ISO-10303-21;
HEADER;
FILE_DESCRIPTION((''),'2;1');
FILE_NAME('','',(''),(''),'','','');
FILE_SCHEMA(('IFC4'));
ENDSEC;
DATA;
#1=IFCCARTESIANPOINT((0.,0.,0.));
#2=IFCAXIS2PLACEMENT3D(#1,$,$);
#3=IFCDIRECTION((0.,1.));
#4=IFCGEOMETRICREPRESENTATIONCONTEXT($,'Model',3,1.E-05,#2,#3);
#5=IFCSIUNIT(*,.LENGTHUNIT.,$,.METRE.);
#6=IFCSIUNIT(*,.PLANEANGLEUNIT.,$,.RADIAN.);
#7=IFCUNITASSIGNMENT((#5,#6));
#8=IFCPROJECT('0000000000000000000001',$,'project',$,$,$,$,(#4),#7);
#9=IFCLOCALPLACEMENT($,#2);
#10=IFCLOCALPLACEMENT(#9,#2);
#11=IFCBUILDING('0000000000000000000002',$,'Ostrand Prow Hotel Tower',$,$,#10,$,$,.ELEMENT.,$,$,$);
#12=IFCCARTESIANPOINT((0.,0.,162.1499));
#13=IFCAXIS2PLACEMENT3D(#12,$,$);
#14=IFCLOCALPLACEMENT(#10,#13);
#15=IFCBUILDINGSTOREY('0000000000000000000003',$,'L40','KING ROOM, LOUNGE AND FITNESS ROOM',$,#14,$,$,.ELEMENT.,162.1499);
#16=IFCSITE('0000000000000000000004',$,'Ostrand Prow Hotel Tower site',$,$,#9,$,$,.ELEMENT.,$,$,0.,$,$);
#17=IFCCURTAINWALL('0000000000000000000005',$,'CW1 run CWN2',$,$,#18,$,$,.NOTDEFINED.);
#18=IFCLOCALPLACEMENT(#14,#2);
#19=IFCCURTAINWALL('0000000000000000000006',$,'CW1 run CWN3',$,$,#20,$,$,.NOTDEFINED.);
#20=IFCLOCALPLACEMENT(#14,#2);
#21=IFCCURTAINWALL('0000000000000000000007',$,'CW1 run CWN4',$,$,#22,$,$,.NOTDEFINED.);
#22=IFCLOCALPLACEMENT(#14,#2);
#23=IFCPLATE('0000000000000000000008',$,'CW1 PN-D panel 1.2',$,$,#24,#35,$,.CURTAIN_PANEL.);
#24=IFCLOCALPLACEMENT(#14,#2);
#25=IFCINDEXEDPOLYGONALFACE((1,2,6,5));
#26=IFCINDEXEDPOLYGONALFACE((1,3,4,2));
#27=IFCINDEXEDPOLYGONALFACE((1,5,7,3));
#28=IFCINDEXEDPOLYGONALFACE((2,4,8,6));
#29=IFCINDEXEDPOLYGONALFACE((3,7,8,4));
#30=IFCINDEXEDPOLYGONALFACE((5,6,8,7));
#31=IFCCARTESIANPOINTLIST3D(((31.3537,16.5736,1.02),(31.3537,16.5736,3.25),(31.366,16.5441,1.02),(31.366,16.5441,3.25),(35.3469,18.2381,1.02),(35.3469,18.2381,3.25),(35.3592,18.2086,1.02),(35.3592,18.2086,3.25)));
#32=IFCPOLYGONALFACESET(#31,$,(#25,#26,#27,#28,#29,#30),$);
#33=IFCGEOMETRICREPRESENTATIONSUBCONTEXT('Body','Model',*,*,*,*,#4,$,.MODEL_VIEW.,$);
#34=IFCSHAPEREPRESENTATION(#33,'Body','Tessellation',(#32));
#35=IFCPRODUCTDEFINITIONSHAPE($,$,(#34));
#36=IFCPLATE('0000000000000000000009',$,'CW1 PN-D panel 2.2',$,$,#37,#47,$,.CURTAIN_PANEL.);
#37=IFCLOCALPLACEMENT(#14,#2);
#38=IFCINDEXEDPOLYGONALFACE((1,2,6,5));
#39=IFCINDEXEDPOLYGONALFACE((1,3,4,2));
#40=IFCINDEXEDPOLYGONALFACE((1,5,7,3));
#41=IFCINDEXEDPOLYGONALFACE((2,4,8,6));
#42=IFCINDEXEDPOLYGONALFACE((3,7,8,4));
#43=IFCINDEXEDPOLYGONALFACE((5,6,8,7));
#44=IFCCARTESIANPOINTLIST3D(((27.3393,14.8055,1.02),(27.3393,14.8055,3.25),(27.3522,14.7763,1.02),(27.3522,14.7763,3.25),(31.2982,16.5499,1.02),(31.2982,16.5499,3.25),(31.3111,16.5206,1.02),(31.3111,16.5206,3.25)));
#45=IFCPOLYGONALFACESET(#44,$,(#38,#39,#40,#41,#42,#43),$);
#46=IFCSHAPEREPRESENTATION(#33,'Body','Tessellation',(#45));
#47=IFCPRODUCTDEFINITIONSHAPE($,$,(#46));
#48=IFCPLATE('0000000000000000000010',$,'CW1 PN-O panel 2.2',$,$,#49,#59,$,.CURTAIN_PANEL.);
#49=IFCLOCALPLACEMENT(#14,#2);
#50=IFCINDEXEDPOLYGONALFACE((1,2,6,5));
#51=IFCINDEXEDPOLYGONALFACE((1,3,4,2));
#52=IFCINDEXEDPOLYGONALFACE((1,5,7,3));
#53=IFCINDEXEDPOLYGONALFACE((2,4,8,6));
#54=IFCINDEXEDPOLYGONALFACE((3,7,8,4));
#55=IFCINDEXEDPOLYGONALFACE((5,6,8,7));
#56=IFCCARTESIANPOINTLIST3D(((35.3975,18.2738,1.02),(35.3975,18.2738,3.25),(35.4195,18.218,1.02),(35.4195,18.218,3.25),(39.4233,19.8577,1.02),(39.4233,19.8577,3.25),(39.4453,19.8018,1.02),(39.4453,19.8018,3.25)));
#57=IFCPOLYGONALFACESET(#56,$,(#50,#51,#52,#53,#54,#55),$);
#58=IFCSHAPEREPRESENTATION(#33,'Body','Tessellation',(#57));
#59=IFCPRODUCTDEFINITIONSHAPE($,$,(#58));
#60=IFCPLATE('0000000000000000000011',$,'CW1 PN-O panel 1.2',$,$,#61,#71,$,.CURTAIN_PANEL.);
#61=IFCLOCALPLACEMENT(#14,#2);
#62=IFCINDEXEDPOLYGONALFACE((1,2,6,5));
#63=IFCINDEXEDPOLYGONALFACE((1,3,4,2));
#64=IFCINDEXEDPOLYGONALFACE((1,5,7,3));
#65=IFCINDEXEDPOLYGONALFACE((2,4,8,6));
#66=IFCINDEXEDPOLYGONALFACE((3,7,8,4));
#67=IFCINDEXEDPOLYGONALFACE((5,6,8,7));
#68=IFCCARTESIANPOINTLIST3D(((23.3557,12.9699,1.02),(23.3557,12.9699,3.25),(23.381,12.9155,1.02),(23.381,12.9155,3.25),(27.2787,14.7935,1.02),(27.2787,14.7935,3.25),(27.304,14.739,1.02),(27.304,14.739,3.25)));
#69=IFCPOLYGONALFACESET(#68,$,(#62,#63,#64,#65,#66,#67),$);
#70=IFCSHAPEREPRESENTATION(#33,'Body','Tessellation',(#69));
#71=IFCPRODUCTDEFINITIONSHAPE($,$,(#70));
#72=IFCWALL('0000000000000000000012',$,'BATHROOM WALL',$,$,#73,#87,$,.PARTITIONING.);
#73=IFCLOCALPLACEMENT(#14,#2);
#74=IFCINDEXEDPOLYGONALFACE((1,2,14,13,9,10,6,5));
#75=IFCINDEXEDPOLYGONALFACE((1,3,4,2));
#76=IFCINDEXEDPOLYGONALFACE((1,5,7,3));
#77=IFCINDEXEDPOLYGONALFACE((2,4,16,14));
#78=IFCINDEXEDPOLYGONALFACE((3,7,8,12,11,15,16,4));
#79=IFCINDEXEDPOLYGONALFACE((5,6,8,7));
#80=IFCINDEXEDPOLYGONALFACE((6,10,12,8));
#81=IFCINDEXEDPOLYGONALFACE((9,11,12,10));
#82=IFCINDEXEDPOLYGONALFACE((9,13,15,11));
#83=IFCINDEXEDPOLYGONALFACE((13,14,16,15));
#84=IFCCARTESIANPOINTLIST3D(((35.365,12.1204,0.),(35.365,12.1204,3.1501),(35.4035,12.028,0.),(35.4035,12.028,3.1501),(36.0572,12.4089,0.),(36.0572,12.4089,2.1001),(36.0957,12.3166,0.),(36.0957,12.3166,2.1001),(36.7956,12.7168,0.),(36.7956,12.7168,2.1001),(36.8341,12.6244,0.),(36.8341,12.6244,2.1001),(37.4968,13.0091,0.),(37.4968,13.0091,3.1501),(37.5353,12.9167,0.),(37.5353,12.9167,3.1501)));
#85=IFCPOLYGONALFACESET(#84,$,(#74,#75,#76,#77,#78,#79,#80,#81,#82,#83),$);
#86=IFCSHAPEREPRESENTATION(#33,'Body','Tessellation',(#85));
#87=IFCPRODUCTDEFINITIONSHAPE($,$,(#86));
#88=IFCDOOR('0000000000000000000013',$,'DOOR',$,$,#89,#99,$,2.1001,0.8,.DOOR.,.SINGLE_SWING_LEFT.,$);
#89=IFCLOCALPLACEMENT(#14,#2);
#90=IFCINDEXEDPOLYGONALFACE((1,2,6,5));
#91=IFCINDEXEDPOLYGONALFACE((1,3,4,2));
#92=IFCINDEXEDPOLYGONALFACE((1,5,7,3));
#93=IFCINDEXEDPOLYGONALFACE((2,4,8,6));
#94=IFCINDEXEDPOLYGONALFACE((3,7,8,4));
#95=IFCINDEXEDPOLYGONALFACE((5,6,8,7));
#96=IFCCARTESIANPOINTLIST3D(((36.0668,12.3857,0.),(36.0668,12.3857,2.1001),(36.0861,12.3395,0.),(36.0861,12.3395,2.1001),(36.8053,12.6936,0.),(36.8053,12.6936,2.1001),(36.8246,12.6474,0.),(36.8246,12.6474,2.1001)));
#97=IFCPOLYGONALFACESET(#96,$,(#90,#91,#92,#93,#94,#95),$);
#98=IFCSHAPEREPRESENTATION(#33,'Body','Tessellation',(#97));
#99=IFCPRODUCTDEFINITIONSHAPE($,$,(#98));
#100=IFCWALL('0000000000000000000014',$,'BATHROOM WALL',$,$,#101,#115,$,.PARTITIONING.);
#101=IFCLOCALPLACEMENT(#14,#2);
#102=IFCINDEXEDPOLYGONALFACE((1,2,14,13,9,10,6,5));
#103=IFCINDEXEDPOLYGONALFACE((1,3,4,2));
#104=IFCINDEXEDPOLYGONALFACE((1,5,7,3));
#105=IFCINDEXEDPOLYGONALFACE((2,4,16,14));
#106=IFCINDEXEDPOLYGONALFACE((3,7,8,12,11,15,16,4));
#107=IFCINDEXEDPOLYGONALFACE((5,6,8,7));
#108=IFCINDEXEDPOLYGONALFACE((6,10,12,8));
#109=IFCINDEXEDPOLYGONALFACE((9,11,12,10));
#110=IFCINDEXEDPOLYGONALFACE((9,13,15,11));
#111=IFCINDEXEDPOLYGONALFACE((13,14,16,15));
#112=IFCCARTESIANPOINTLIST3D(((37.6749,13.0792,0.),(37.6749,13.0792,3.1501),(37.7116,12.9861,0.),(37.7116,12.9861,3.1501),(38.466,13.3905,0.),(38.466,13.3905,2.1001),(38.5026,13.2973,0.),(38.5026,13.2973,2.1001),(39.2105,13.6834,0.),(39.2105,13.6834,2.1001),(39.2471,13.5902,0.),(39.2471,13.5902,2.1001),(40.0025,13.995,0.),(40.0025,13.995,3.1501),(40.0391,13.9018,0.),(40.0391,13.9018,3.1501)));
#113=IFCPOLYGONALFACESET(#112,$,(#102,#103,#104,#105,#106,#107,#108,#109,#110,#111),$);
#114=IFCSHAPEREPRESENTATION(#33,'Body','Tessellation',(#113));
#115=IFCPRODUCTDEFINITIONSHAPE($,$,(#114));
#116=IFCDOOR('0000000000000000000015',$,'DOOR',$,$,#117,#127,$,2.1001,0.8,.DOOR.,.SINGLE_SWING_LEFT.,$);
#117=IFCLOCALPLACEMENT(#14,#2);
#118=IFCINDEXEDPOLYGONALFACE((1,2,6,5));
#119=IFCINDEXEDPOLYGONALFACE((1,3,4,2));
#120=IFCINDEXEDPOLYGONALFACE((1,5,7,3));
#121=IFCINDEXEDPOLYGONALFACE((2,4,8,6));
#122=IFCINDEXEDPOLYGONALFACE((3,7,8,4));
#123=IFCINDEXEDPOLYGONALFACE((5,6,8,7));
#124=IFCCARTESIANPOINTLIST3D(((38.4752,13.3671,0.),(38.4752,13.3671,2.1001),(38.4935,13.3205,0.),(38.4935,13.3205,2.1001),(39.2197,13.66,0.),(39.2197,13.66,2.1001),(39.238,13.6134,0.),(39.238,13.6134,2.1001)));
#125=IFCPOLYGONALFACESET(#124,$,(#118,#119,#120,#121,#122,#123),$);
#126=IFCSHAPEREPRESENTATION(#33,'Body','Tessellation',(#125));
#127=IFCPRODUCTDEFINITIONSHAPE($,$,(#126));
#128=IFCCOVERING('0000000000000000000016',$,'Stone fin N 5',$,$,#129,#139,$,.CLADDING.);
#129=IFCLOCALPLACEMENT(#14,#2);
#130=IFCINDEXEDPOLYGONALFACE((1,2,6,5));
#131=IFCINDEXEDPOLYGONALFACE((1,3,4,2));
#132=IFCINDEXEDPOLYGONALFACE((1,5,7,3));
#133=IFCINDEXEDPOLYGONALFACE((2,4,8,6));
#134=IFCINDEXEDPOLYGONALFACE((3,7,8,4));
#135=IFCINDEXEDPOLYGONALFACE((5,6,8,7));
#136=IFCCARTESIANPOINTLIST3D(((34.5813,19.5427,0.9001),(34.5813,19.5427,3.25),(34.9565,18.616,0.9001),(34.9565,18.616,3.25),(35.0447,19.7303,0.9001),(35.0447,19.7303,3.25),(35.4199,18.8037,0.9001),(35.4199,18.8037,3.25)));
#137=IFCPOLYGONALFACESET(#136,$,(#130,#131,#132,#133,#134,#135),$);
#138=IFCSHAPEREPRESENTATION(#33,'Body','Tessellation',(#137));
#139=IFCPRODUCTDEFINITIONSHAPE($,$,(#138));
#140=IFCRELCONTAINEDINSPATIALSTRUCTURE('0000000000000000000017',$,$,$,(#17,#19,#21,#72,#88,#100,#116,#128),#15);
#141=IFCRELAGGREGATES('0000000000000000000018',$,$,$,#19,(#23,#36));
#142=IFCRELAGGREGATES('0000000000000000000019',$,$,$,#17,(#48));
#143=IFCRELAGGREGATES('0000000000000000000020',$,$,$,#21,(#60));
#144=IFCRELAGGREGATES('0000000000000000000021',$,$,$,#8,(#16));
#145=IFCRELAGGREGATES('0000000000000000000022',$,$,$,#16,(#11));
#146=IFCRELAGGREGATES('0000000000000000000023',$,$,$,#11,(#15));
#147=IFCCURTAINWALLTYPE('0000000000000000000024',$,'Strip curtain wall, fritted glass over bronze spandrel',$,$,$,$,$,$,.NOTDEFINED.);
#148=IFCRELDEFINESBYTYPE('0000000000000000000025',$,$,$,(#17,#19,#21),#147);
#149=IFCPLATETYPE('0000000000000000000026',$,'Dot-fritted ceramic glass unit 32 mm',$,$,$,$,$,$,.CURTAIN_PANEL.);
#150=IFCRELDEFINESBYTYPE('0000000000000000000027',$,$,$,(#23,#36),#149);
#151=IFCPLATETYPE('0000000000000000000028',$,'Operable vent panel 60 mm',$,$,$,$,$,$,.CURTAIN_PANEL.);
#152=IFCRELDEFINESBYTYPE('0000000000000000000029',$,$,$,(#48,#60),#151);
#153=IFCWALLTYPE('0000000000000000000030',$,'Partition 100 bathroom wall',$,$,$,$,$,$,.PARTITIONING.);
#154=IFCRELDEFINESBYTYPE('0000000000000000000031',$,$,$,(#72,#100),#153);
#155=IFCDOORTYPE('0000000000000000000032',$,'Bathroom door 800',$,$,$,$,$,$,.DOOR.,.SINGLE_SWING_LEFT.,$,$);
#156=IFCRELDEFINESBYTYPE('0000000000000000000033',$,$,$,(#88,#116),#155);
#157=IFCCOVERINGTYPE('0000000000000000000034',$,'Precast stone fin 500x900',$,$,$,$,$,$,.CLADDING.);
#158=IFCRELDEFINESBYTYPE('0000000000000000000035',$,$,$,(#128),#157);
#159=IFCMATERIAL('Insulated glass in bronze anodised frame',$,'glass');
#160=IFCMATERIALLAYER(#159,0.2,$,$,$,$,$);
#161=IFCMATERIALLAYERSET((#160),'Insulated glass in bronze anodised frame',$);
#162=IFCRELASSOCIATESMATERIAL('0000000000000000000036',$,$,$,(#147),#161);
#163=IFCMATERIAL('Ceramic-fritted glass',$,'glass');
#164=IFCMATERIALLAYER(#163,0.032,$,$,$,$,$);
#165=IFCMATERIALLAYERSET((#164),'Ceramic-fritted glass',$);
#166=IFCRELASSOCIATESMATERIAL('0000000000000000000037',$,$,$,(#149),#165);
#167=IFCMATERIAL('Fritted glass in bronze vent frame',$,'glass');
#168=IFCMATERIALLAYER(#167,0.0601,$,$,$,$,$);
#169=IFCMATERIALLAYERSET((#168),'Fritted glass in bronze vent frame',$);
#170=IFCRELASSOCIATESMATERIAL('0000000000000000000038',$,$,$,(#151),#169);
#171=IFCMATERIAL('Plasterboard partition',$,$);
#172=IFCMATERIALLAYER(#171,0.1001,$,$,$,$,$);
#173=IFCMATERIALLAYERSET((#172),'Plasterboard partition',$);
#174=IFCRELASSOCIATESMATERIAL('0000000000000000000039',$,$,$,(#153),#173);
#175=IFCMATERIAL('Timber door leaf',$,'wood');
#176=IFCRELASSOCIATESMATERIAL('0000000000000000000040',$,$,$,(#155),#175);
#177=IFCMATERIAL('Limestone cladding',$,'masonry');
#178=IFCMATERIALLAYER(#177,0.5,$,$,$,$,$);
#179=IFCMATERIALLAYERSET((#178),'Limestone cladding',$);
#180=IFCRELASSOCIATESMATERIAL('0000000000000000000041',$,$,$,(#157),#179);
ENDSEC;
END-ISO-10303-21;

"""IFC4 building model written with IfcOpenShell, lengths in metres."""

from ifc_helpers import new_model, si_unit, direction, frame, frame_2d, origin, origin_2d, place, context, subcontext, project, spatial, rectangle, extrude, material, layer, layer_set, type_object, element, fill, aggregate, save


model = new_model("IFC4")

# Units and contexts
model_context = context("Model", 3, precision=1e-05, world=origin(), true_north=direction((0.0, 1.0)))
body_context = subcontext(model_context, "Body", "Model", "MODEL_VIEW")
ifc_project = project(units=[si_unit("LENGTHUNIT", "METRE"), si_unit("PLANEANGLEUNIT", "RADIAN")], contexts=[model_context])

# Site, building, storey
site_placement = place(None, origin())
site = spatial("IfcSite", under=ifc_project, at=site_placement, Name="Ostrand Prow Hotel Tower site", CompositionType="ELEMENT", RefElevation=0.0)
building_placement = place(site_placement, origin())
building = spatial("IfcBuilding", under=site, at=building_placement, Name="Ostrand Prow Hotel Tower", CompositionType="ELEMENT")
storey_placement = place(building_placement, frame((0.0, 0.0, 162.1499)))
storey = spatial("IfcBuildingStorey", under=building, at=storey_placement, Name="L40", Description="KING ROOM, LOUNGE AND FITNESS ROOM", CompositionType="ELEMENT", Elevation=162.1499)

# Curtain walls
ifc_material_1 = material(Name="Insulated glass in bronze anodised frame", Category="glass")
ifc_layer_1 = layer(ifc_material_1, 0.2)
ifc_layer_set_1 = layer_set([ifc_layer_1], Name="Insulated glass in bronze anodised frame")
curtain_wall_type = type_object("IfcCurtainWallType", Name="Strip curtain wall, fritted glass over bronze spandrel", PredefinedType="NOTDEFINED", material=ifc_layer_set_1)
curtain_wall_1_placement = place(storey_placement, origin())
curtain_wall_1 = element("IfcCurtainWall", 1, at=curtain_wall_1_placement, inside=storey, type_object=curtain_wall_type, Name="CW1 run CWN2", PredefinedType="NOTDEFINED")
curtain_wall_2_placement = place(storey_placement, origin())
curtain_wall_2 = element("IfcCurtainWall", 2, at=curtain_wall_2_placement, inside=storey, type_object=curtain_wall_type, Name="CW1 run CWN3", PredefinedType="NOTDEFINED")

# Curtain wall
curtain_wall_3_placement = place(storey_placement, origin())
curtain_wall_3 = element("IfcCurtainWall", 3, at=curtain_wall_3_placement, inside=storey, type_object=curtain_wall_type, Name="CW1 run CWN4", PredefinedType="NOTDEFINED")

# Plates
ifc_material_2 = material(Name="Ceramic-fritted glass", Category="glass")
ifc_layer_2 = layer(ifc_material_2, 0.032)
ifc_layer_set_2 = layer_set([ifc_layer_2], Name="Ceramic-fritted glass")
plate_type_1 = type_object("IfcPlateType", Name="Dot-fritted ceramic glass unit 32 mm", PredefinedType="CURTAIN_PANEL", material=ifc_layer_set_2)
plate_1_placement = place(storey_placement, frame((33.3564, 17.3911, 1.02), z_axis=(0.0, 0.0, 1.0), x_axis=(-0.923024, -0.384743, 0.0)))
plate_1 = element("IfcPlate", 4, at=plate_1_placement, type_object=plate_type_1, Name="CW1 PN-D panel 1.2", PredefinedType="CURTAIN_PANEL", context=body_context, shape_type="SweptSolid", body=[
    extrude(rectangle(XDim=4.3262, YDim=0.032, at=origin_2d()), origin(), (0.0, 0.0, 1.0), 2.23),
])
plate_2_placement = place(storey_placement, frame((29.3252, 15.6631, 1.02), z_axis=(0.0, 0.0, 1.0), x_axis=(-0.915106, -0.403213, 0.0)))
plate_2 = element("IfcPlate", 5, at=plate_2_placement, type_object=plate_type_1, Name="CW1 PN-D panel 2.2", PredefinedType="CURTAIN_PANEL", context=body_context, shape_type="SweptSolid", body=[
    extrude(rectangle(XDim=4.3262, YDim=0.032, at=origin_2d()), origin(), (0.0, 0.0, 1.0), 2.23),
])
aggregate(curtain_wall_2, [plate_1, plate_2])
ifc_material_3 = material(Name="Fritted glass in bronze vent frame", Category="glass")
ifc_layer_3 = layer(ifc_material_3, 0.0601)
ifc_layer_set_3 = layer_set([ifc_layer_3], Name="Fritted glass in bronze vent frame")
plate_type_2 = type_object("IfcPlateType", Name="Operable vent panel 60 mm", PredefinedType="CURTAIN_PANEL", material=ifc_layer_set_3)
plate_3_placement = place(storey_placement, frame((37.4214, 19.0378, 1.02), z_axis=(0.0, 0.0, 1.0), x_axis=(-0.930569, -0.366116, 0.0)))
plate_3 = element("IfcPlate", 6, at=plate_3_placement, type_object=plate_type_2, Name="CW1 PN-O panel 2.2", PredefinedType="CURTAIN_PANEL", context=body_context, shape_type="SweptSolid", body=[
    extrude(rectangle(XDim=4.3262, YDim=0.0601, at=origin_2d()), origin(), (0.0, 0.0, 1.0), 2.23),
])
aggregate(curtain_wall_1, [plate_3])
plate_4_placement = place(storey_placement, frame((25.3298, 13.8545, 1.02), z_axis=(0.0, 0.0, 1.0), x_axis=(-0.906818, -0.421522, 0.0)))
plate_4 = element("IfcPlate", 7, at=plate_4_placement, type_object=plate_type_2, Name="CW1 PN-O panel 1.2", PredefinedType="CURTAIN_PANEL", context=body_context, shape_type="SweptSolid", body=[
    extrude(rectangle(XDim=4.3262, YDim=0.0601, at=origin_2d()), origin(), (0.0, 0.0, 1.0), 2.23),
])
aggregate(curtain_wall_3, [plate_4])

# Walls, openings, doors
ifc_material_4 = material(Name="Plasterboard partition")
ifc_layer_4 = layer(ifc_material_4, 0.1001)
ifc_layer_set_4 = layer_set([ifc_layer_4], Name="Plasterboard partition")
wall_type = type_object("IfcWallType", Name="Partition 100 bathroom wall", PredefinedType="PARTITIONING", material=ifc_layer_set_4)
wall_1_placement = place(storey_placement, frame((35.3843, 12.0742, 0.0), z_axis=(0.0, 0.0, 1.0), x_axis=(0.923014, 0.384765, 0.0)))
wall_1 = element("IfcWall", 8, at=wall_1_placement, inside=storey, type_object=wall_type, Name="BATHROOM WALL", PredefinedType="PARTITIONING", context=body_context, shape_type="SweptSolid", body=[
    extrude(rectangle(XDim=2.3096, YDim=0.1001, at=frame_2d((1.1548, 0.0))), origin(), (0.0, 0.0, 1.0), 3.1501),
])
opening_1_placement = place(wall_1_placement, frame((0.75, 0.0, 0.0)))
opening_1 = element("IfcOpeningElement", 9, at=opening_1_placement, cuts=wall_1, PredefinedType="OPENING", context=body_context, shape_type="SweptSolid", body=[
    extrude(rectangle(XDim=0.8, YDim=2.1001, at=frame_2d((0.3999, 1.05))), frame((0.0, 0.0601, 0.0), z_axis=(0.0, -1.0, 0.0), x_axis=(1.0, 0.0, 0.0)), (0.0, 0.0, 1.0), 0.1201),
])
ifc_material_5 = material(Name="Timber door leaf", Category="wood")
door_type = type_object("IfcDoorType", Name="Bathroom door 800", OperationType="SINGLE_SWING_LEFT", PredefinedType="DOOR", material=ifc_material_5)
door_1_placement = place(opening_1_placement, origin())
door_1 = element("IfcDoor", 10, at=door_1_placement, inside=storey, type_object=door_type, Name="DOOR", OperationType="SINGLE_SWING_LEFT", OverallHeight=2.1001, OverallWidth=0.8, PredefinedType="DOOR", context=body_context, shape_type="SweptSolid", body=[
    extrude(rectangle(XDim=0.8, YDim=2.1001, at=frame_2d((0.3999, 1.05))), frame((0.0, 0.0249, 0.0), z_axis=(0.0, -1.0, 0.0), x_axis=(1.0, 0.0, 0.0)), (0.0, 0.0, 1.0), 0.05),
])
fill(opening_1, door_1)
wall_2_placement = place(storey_placement, frame((37.6934, 13.0327, 0.0), z_axis=(0.0, 0.0, 1.0), x_axis=(0.930569, 0.366117, 0.0)))
wall_2 = element("IfcWall", 11, at=wall_2_placement, inside=storey, type_object=wall_type, Name="BATHROOM WALL", PredefinedType="PARTITIONING", context=body_context, shape_type="SweptSolid", body=[
    extrude(rectangle(XDim=2.5012, YDim=0.1001, at=frame_2d((1.2505, 0.0))), origin(), (0.0, 0.0, 1.0), 3.1501),
])
opening_2_placement = place(wall_2_placement, frame((0.8501, 0.0, 0.0)))
opening_2 = element("IfcOpeningElement", 12, at=opening_2_placement, cuts=wall_2, PredefinedType="OPENING", context=body_context, shape_type="SweptSolid", body=[
    extrude(rectangle(XDim=0.8, YDim=2.1001, at=frame_2d((0.3999, 1.05))), frame((0.0, 0.0601, 0.0), z_axis=(0.0, -1.0, 0.0), x_axis=(1.0, 0.0, 0.0)), (0.0, 0.0, 1.0), 0.1201),
])
door_2_placement = place(opening_2_placement, origin())
door_2 = element("IfcDoor", 13, at=door_2_placement, inside=storey, type_object=door_type, Name="DOOR", OperationType="SINGLE_SWING_LEFT", OverallHeight=2.1001, OverallWidth=0.8, PredefinedType="DOOR", context=body_context, shape_type="SweptSolid", body=[
    extrude(rectangle(XDim=0.8, YDim=2.1001, at=frame_2d((0.3999, 1.05))), frame((0.0, 0.0249, 0.0), z_axis=(0.0, -1.0, 0.0), x_axis=(1.0, 0.0, 0.0)), (0.0, 0.0, 1.0), 0.05),
])
fill(opening_2, door_2)

# Covering
ifc_material_6 = material(Name="Limestone cladding", Category="masonry")
ifc_layer_5 = layer(ifc_material_6, 0.5)
ifc_layer_set_5 = layer_set([ifc_layer_5], Name="Limestone cladding")
covering_type = type_object("IfcCoveringType", Name="Precast stone fin 500x900", PredefinedType="CLADDING", material=ifc_layer_set_5)
covering_placement = place(storey_placement, frame((35.1882, 18.7097, 0.9001), z_axis=(0.0, 0.0, 1.0), x_axis=(-0.375303, 0.926902, 0.0)))
element("IfcCovering", 14, at=covering_placement, inside=storey, type_object=covering_type, Name="Stone fin N 5", PredefinedType="CLADDING", context=body_context, shape_type="SweptSolid", body=[
    extrude(rectangle(XDim=0.9998, YDim=0.5, at=frame_2d((0.5, 0.0))), origin(), (0.0, 0.0, 1.0), 2.3499),
])

save(model, "model.ifc")
